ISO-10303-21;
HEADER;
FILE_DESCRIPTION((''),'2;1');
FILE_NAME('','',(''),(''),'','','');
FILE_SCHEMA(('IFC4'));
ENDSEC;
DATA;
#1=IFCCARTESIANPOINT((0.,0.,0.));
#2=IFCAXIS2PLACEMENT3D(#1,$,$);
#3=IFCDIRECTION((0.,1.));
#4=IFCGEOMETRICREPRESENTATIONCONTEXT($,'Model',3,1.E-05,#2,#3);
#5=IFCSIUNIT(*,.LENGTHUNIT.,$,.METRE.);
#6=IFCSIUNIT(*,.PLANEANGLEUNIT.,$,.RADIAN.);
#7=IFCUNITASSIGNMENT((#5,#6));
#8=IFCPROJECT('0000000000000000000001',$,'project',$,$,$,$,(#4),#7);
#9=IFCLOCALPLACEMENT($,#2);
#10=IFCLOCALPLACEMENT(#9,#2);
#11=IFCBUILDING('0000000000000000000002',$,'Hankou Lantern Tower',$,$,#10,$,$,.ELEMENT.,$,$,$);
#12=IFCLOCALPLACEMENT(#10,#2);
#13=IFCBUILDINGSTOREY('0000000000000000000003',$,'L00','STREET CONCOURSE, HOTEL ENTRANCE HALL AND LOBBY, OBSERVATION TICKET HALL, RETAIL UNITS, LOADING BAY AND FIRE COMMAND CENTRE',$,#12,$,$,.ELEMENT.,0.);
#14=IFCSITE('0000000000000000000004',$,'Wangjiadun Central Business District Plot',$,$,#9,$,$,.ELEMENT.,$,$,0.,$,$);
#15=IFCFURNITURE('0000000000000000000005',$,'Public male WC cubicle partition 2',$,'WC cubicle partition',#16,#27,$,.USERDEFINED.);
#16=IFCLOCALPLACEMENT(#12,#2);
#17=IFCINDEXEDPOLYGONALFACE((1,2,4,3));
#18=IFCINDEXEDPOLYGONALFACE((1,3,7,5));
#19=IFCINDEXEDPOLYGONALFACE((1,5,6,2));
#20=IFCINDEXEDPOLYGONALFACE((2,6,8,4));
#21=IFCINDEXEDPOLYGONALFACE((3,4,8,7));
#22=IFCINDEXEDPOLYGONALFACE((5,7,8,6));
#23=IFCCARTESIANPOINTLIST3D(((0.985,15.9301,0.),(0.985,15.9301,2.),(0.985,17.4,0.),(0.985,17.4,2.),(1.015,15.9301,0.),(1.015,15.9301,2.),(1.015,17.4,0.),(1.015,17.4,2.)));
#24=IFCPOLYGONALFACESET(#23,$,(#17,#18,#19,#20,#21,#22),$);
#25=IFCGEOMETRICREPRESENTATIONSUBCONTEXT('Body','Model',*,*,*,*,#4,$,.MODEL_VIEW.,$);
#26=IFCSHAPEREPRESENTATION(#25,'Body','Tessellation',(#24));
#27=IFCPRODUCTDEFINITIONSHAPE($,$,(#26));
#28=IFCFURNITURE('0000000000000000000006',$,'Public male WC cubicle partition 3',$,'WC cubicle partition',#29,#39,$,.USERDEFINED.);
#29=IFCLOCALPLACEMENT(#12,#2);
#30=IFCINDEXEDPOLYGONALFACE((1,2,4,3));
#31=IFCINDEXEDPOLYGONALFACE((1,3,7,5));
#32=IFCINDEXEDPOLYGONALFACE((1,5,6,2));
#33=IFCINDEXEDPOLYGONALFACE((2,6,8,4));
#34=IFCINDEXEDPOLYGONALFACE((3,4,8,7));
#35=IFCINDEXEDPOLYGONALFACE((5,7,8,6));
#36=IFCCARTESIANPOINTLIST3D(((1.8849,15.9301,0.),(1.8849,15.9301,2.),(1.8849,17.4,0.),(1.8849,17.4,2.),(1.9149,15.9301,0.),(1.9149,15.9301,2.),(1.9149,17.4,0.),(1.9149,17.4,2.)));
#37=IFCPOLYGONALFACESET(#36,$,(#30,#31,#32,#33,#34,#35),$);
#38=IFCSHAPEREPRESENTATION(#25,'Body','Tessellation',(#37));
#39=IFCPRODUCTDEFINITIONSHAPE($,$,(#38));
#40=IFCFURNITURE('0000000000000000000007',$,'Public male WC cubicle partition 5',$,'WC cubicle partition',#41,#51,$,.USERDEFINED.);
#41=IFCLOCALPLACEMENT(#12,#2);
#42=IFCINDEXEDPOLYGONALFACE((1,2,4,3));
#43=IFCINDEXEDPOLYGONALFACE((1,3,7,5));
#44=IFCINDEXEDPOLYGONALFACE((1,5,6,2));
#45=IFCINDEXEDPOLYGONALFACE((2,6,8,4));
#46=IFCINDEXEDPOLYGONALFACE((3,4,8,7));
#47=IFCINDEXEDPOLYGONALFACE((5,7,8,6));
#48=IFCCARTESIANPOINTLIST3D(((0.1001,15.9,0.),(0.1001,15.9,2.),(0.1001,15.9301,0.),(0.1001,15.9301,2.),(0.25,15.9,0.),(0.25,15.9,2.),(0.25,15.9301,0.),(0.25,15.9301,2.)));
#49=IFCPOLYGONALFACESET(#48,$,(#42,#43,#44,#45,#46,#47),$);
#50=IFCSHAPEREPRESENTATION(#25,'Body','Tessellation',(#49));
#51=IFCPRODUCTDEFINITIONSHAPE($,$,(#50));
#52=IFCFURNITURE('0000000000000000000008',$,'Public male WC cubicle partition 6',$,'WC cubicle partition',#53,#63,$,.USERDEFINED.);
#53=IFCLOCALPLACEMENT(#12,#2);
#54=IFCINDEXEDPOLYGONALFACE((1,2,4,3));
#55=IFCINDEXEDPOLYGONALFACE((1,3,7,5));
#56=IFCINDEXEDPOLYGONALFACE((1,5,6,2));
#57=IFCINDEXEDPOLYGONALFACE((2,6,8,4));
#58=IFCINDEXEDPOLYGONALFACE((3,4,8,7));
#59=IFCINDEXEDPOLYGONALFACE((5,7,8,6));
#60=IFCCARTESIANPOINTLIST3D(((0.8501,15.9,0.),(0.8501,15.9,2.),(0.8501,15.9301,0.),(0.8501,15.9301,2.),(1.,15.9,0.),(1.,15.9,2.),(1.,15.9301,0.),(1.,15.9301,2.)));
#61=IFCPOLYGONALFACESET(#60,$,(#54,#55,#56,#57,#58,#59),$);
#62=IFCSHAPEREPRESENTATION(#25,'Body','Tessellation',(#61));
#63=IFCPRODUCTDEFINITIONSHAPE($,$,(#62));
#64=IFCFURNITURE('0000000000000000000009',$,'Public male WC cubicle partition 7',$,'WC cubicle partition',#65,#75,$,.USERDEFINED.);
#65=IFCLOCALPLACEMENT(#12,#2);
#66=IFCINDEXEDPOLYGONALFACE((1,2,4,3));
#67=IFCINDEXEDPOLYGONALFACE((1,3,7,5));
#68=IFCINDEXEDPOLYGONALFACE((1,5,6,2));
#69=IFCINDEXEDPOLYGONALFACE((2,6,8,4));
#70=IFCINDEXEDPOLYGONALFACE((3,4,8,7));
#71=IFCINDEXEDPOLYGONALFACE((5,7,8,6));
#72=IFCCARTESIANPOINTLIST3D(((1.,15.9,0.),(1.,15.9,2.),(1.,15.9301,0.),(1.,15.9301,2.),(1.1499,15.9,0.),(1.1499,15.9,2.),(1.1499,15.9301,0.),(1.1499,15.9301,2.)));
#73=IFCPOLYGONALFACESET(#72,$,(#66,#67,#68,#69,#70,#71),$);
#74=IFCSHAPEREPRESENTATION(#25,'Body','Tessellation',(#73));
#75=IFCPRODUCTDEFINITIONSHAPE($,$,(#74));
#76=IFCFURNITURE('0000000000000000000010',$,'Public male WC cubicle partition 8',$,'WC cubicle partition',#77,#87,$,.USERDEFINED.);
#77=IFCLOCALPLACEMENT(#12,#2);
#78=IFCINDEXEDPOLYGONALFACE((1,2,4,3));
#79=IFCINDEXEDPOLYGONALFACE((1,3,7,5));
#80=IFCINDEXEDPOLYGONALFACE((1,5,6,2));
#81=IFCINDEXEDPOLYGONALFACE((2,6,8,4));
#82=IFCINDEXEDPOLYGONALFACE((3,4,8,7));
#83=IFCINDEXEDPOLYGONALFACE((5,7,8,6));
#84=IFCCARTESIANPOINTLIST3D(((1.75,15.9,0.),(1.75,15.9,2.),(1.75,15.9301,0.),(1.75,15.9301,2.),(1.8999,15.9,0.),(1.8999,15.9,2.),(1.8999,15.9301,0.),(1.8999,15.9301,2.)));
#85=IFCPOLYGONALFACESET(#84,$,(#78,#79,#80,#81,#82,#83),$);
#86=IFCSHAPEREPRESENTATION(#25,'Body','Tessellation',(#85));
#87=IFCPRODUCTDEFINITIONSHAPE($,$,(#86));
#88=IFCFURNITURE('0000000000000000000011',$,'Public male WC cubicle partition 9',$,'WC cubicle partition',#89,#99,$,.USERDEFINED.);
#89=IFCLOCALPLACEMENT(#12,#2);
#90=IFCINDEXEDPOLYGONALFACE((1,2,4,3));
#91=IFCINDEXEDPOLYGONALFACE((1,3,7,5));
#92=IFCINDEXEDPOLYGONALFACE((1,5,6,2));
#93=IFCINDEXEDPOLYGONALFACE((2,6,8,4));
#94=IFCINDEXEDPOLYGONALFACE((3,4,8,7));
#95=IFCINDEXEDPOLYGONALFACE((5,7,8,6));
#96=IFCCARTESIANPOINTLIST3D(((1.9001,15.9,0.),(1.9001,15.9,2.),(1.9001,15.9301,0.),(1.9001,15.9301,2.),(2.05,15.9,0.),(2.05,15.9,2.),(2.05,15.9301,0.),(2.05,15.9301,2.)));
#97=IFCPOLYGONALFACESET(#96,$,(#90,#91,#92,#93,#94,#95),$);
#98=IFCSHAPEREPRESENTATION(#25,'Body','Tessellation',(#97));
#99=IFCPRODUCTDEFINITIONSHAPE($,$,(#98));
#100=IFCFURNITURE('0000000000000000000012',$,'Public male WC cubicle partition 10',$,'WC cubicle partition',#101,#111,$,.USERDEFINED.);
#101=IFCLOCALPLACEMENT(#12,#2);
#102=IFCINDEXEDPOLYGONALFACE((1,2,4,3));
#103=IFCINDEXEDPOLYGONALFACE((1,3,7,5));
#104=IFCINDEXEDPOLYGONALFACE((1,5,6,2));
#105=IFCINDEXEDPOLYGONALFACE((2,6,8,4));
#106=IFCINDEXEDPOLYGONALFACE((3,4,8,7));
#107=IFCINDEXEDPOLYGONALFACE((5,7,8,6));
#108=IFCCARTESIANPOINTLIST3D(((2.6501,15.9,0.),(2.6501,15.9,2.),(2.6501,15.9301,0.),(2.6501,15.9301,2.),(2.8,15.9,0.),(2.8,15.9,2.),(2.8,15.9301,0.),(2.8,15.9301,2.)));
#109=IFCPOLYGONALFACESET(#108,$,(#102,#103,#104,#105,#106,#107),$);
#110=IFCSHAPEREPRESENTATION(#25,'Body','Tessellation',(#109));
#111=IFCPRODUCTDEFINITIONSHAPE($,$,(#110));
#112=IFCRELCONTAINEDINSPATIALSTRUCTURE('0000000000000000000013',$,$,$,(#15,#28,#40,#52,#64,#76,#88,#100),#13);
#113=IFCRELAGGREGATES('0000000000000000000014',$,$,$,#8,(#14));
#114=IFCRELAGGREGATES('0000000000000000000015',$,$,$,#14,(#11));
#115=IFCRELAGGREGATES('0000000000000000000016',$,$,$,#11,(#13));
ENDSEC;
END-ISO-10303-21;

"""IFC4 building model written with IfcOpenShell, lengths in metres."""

from ifc_helpers import new_model, si_unit, direction, frame, origin, origin_2d, place, context, subcontext, project, spatial, rectangle, extrude, element, save


model = new_model("IFC4")

# Units and contexts
model_context = context("Model", 3, precision=1e-05, world=origin(), true_north=direction((0.0, 1.0)))
body_context = subcontext(model_context, "Body", "Model", "MODEL_VIEW")
ifc_project = project(units=[si_unit("LENGTHUNIT", "METRE"), si_unit("PLANEANGLEUNIT", "RADIAN")], contexts=[model_context])

# Site, building, storey
site_placement = place(None, origin())
site = spatial("IfcSite", under=ifc_project, at=site_placement, Name="Wangjiadun Central Business District Plot", CompositionType="ELEMENT", RefElevation=0.0)
building_placement = place(site_placement, origin())
building = spatial("IfcBuilding", under=site, at=building_placement, Name="Hankou Lantern Tower", CompositionType="ELEMENT")
storey_placement = place(building_placement, origin())
storey = spatial("IfcBuildingStorey", under=building, at=storey_placement, Name="L00", Description="STREET CONCOURSE, HOTEL ENTRANCE HALL AND LOBBY, OBSERVATION TICKET HALL, RETAIL UNITS, LOADING BAY AND FIRE COMMAND CENTRE", CompositionType="ELEMENT", Elevation=0.0)

# Furniture
for number, where, z_axis, x_axis, name in (
    (1, (1.0, 16.665, 0.0), (0.0, 0.0, 1.0), (1.0, 0.0, 0.0), "Public male WC cubicle partition 2"),
    (2, (1.8999, 16.665, 0.0), (0.0, 0.0, 1.0), (1.0, 0.0, 0.0), "Public male WC cubicle partition 3"),
):
    element("IfcFurniture", number, at=place(storey_placement, frame(where, z_axis=z_axis, x_axis=x_axis)), inside=storey, Name=name, ObjectType="WC cubicle partition", PredefinedType="USERDEFINED", context=body_context, shape_type="SweptSolid", body=[
        extrude(rectangle(XDim=0.03, YDim=1.47, at=origin_2d()), origin(), (0.0, 0.0, 1.0), 2.0),
    ])
for number, where, z_axis, x_axis, name in (
    (3, (0.175, 15.915, 0.0), (0.0, 0.0, 1.0), (1.0, 0.0, 0.0), "Public male WC cubicle partition 5"),
    (4, (0.925, 15.915, 0.0), (0.0, 0.0, 1.0), (1.0, 0.0, 0.0), "Public male WC cubicle partition 6"),
    (5, (1.075, 15.915, 0.0), (0.0, 0.0, 1.0), (1.0, 0.0, 0.0), "Public male WC cubicle partition 7"),
    (6, (1.825, 15.915, 0.0), (0.0, 0.0, 1.0), (1.0, 0.0, 0.0), "Public male WC cubicle partition 8"),
    (7, (1.9751, 15.915, 0.0), (0.0, 0.0, 1.0), (1.0, 0.0, 0.0), "Public male WC cubicle partition 9"),
    (8, (2.7251, 15.915, 0.0), (0.0, 0.0, 1.0), (1.0, 0.0, 0.0), "Public male WC cubicle partition 10"),
):
    element("IfcFurniture", number, at=place(storey_placement, frame(where, z_axis=z_axis, x_axis=x_axis)), inside=storey, Name=name, ObjectType="WC cubicle partition", PredefinedType="USERDEFINED", context=body_context, shape_type="SweptSolid", body=[
        extrude(rectangle(XDim=0.1499, YDim=0.03, at=origin_2d()), origin(), (0.0, 0.0, 1.0), 2.0),
    ])

save(model, "model.ifc")
